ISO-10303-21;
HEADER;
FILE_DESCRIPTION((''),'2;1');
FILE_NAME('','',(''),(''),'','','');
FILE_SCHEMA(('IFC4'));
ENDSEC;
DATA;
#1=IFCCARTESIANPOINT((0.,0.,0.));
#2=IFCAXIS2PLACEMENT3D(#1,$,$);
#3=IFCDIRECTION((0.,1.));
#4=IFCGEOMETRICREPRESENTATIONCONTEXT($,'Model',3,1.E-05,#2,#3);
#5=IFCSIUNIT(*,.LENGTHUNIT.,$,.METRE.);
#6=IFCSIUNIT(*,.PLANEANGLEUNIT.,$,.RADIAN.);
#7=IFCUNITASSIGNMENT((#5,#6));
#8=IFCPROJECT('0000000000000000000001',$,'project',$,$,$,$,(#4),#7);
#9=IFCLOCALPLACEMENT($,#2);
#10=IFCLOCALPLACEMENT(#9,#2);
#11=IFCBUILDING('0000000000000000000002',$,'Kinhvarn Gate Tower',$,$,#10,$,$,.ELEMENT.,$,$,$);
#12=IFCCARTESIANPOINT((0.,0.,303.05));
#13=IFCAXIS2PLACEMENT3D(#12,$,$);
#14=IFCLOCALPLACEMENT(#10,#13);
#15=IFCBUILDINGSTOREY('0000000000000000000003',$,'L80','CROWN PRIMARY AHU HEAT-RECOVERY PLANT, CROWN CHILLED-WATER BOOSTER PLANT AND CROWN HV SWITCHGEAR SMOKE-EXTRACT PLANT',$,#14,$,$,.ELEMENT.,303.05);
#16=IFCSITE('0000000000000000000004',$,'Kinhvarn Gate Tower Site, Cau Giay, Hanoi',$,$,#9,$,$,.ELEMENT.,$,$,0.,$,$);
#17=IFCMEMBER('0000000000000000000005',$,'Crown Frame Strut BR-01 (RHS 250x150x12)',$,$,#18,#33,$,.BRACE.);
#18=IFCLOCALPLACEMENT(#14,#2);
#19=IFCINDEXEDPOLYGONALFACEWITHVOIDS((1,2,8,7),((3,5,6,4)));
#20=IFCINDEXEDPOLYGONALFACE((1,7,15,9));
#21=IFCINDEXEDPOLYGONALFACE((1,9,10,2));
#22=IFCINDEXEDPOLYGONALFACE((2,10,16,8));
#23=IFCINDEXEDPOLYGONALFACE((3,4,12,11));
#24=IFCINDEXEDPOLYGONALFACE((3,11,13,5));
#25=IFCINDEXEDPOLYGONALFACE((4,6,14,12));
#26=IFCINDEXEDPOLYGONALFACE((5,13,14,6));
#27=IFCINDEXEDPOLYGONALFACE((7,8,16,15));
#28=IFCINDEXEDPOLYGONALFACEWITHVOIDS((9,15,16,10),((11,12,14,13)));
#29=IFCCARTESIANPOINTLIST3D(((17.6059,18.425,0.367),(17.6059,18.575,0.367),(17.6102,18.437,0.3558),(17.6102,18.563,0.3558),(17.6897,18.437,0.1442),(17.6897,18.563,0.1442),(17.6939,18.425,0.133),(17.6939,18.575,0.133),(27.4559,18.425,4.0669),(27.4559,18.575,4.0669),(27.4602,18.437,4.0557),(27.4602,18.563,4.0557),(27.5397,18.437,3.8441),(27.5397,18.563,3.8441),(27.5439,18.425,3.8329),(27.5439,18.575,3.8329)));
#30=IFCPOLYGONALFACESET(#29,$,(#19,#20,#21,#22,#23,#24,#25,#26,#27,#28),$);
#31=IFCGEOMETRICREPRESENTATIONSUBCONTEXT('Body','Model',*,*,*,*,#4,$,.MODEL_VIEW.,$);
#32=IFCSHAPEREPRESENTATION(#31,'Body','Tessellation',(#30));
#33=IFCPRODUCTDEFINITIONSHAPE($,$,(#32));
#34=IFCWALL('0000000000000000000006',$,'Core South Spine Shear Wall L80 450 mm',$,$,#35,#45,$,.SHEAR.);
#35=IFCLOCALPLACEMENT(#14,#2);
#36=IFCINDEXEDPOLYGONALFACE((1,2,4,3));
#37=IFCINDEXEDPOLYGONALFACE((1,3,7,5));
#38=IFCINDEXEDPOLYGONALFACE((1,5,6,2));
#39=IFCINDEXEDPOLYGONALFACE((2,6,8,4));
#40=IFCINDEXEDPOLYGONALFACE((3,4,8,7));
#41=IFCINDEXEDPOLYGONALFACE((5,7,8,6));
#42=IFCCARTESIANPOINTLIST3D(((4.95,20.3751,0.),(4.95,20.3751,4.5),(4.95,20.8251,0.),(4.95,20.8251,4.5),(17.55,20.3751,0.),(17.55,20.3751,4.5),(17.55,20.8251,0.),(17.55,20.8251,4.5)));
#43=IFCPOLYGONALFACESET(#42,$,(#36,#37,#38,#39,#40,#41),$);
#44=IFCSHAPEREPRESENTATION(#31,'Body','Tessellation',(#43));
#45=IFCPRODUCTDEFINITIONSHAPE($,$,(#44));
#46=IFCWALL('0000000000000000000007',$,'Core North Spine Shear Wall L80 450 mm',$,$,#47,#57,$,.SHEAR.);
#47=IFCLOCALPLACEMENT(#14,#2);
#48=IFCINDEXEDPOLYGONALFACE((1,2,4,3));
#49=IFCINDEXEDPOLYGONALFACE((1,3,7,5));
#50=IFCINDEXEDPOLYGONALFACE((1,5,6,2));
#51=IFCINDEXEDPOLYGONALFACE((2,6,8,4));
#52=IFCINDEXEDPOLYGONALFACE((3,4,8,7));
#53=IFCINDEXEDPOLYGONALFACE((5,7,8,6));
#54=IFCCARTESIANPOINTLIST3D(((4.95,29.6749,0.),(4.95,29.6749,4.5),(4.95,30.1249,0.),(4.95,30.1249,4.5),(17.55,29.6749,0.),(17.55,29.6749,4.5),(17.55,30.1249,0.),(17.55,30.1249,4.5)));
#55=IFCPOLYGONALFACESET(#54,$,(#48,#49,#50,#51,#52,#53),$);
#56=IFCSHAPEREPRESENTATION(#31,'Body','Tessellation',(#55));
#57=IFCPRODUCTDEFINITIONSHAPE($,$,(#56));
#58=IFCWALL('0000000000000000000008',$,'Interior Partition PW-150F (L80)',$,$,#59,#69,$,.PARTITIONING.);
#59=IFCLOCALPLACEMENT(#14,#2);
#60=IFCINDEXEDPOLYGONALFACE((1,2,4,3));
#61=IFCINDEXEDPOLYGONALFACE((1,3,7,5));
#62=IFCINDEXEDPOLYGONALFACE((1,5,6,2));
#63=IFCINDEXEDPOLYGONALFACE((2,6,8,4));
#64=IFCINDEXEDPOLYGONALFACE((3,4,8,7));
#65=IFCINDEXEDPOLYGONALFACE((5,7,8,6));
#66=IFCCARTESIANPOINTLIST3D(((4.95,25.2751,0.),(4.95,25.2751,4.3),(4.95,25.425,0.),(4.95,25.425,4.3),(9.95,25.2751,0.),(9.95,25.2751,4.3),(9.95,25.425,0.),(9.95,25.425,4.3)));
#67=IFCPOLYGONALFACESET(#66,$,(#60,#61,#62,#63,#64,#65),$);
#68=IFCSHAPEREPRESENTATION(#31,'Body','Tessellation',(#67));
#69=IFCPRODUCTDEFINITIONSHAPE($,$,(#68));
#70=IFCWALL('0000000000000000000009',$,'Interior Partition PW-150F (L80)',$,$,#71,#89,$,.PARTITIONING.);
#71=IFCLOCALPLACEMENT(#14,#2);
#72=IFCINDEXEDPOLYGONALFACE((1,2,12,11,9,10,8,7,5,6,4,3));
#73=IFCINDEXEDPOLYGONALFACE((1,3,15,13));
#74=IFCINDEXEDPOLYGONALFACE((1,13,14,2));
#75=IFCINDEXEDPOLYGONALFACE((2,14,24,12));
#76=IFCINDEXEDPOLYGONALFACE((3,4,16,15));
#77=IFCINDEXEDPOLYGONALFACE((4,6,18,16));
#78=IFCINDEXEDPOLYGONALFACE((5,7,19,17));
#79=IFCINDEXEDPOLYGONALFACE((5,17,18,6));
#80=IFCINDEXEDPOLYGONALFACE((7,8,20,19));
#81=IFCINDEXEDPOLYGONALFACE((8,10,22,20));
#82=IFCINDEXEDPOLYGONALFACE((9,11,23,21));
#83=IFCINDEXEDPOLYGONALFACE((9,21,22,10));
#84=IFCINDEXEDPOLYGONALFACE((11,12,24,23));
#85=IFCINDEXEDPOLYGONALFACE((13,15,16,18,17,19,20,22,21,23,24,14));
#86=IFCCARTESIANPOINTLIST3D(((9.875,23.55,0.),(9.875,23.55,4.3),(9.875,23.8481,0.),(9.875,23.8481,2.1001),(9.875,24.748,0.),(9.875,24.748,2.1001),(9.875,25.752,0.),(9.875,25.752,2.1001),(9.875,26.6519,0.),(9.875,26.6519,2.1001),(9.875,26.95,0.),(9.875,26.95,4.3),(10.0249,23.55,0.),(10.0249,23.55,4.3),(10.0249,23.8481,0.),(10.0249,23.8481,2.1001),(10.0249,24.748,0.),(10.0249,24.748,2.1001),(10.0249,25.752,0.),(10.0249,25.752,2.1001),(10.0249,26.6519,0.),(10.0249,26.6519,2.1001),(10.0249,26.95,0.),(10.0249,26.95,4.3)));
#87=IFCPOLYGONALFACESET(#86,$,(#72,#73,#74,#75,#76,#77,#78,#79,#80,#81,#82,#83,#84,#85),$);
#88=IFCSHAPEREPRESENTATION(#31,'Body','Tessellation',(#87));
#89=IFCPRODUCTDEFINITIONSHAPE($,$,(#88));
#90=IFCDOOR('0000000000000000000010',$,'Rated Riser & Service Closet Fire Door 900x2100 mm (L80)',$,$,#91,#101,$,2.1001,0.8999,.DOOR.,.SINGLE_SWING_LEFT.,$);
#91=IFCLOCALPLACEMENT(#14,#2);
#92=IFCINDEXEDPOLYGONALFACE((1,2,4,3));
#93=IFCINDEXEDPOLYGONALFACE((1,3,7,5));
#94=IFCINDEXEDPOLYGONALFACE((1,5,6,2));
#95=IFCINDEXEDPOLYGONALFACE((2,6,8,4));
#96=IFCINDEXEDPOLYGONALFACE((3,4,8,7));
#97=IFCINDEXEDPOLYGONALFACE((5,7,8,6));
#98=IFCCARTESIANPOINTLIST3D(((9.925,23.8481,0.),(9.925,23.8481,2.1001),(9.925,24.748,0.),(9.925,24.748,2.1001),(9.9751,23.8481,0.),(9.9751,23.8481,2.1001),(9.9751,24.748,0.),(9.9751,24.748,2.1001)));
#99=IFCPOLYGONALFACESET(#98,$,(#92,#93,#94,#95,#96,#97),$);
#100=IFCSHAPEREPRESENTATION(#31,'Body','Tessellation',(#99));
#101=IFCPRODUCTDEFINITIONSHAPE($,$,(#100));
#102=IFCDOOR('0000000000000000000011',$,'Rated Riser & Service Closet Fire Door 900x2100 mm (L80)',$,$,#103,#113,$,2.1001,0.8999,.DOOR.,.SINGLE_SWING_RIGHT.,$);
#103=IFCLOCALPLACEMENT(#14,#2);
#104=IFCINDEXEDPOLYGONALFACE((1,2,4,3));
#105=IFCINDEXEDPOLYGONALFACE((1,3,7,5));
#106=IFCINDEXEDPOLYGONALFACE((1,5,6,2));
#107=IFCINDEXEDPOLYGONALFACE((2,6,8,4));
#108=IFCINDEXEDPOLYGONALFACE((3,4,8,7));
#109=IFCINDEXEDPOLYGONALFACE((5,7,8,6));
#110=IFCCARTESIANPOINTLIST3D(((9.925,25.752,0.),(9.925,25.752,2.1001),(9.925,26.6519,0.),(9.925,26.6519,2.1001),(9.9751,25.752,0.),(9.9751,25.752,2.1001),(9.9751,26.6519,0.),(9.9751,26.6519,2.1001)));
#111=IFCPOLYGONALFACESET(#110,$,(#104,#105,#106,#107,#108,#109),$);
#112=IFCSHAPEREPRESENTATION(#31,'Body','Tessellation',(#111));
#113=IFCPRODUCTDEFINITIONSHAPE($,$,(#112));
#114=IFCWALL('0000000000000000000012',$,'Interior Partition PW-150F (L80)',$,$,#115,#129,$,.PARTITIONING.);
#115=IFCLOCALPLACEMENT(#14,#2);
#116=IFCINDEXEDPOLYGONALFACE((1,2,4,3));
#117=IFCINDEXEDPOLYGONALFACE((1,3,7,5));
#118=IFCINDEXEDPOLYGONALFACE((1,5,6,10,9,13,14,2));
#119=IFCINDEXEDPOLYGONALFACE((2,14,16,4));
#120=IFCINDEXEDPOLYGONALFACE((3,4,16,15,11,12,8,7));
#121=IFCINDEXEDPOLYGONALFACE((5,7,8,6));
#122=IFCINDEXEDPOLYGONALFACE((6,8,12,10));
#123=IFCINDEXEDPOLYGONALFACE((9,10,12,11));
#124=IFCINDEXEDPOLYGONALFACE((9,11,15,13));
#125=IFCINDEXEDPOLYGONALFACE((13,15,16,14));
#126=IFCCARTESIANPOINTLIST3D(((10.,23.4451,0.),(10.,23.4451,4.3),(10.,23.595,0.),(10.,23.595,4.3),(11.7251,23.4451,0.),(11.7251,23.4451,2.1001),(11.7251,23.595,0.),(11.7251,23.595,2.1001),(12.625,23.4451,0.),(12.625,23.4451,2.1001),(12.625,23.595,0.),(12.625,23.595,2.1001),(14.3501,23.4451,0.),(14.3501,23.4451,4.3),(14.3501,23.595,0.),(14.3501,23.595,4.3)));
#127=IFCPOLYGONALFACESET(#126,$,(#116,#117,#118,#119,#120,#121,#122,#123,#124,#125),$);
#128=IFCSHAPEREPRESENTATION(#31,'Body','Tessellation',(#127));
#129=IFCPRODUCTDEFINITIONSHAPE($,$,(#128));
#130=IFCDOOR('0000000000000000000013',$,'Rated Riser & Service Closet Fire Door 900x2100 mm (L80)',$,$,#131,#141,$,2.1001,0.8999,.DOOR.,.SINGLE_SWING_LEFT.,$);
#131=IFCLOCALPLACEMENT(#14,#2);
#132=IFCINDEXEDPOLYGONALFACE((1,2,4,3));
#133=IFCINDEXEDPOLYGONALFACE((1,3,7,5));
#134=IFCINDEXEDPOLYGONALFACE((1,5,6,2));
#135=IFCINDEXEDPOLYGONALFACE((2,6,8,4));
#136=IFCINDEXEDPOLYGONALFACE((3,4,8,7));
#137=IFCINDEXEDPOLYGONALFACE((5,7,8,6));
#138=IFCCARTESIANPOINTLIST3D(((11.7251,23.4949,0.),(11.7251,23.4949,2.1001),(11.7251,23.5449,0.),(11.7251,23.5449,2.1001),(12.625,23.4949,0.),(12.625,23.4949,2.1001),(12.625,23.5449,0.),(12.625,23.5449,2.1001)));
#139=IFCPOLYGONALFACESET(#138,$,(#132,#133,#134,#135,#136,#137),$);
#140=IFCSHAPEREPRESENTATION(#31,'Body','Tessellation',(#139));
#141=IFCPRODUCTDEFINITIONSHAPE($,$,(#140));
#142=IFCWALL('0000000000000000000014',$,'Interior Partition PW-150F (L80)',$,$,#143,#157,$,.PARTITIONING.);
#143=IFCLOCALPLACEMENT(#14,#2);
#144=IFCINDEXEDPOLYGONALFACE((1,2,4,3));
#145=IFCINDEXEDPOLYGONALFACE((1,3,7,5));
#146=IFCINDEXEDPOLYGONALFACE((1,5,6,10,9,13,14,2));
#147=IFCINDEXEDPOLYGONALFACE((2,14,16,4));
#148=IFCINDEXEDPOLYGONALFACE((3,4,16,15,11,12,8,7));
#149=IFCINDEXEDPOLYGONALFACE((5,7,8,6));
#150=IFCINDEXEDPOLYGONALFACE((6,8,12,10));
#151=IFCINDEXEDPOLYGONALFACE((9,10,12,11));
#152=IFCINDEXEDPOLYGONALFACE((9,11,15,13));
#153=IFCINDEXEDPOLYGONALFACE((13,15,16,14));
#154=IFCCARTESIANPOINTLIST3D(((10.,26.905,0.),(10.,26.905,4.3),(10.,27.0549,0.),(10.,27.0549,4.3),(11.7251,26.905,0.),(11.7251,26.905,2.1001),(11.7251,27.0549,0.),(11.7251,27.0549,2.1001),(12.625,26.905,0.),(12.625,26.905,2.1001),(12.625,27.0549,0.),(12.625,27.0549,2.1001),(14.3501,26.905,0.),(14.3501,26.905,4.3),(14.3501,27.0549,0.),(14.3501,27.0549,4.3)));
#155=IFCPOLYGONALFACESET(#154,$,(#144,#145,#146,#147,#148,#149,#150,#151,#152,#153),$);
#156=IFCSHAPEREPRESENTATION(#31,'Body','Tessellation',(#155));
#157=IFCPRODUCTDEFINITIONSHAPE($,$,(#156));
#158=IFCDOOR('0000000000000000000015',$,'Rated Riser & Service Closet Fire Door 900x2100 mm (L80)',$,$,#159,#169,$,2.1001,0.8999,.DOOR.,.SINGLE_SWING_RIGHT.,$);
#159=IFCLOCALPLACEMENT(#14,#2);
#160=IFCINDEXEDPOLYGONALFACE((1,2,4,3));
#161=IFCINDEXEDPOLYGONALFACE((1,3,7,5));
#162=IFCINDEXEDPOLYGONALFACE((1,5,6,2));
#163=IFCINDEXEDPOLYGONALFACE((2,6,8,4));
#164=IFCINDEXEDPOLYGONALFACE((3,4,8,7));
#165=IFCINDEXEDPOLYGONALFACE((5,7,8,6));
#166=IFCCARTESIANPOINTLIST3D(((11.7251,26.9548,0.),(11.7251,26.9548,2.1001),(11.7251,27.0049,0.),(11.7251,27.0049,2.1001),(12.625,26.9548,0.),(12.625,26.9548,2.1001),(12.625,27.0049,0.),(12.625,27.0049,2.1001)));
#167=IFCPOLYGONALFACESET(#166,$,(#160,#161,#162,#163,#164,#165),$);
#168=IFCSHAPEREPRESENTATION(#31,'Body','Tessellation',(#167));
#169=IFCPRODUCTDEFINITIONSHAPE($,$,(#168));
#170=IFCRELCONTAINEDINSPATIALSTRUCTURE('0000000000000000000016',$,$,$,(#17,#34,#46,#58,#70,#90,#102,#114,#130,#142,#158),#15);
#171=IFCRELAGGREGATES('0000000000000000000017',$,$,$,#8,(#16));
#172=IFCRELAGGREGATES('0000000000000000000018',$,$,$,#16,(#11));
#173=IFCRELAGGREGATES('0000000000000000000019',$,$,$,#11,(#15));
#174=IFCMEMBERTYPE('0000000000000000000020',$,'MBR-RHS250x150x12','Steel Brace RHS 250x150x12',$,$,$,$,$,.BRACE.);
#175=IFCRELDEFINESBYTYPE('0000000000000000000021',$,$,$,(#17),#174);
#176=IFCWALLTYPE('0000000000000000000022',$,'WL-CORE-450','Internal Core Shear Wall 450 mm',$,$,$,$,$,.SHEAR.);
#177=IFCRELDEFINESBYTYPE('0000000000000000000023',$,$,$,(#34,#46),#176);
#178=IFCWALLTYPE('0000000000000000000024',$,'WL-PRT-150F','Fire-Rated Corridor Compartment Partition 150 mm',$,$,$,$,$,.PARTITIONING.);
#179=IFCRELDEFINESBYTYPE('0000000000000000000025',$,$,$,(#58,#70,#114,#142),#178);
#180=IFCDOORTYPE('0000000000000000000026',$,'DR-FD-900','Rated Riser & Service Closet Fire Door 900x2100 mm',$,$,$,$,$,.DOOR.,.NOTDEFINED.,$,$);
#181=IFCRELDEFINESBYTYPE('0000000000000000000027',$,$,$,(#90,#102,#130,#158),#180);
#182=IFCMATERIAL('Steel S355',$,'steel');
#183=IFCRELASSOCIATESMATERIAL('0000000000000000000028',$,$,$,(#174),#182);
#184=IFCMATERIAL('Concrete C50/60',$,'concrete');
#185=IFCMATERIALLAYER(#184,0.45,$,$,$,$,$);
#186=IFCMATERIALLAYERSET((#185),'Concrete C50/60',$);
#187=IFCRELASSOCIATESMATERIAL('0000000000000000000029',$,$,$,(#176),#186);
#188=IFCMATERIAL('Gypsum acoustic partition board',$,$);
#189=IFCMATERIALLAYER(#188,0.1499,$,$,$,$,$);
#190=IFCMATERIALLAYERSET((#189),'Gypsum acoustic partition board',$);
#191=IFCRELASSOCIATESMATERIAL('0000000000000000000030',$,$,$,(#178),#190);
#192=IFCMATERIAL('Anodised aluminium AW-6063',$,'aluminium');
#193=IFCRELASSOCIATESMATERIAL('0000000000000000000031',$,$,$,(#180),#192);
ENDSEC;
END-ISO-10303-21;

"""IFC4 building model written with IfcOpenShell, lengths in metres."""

from ifc_helpers import new_model, si_unit, direction, frame, frame_2d, origin, origin_2d, place, context, subcontext, project, spatial, rectangle, hollow_rectangle, extrude, material, layer, layer_set, material_profile, profile_set, type_object, element, fill, save


model = new_model("IFC4")

# Units and contexts
model_context = context("Model", 3, precision=1e-05, world=origin(), true_north=direction((0.0, 1.0)))
body_context = subcontext(model_context, "Body", "Model", "MODEL_VIEW")
ifc_project = project(units=[si_unit("LENGTHUNIT", "METRE"), si_unit("PLANEANGLEUNIT", "RADIAN")], contexts=[model_context])

# Site, building, storey
site_placement = place(None, origin())
site = spatial("IfcSite", under=ifc_project, at=site_placement, Name="Kinhvarn Gate Tower Site, Cau Giay, Hanoi", CompositionType="ELEMENT", RefElevation=0.0)
building_placement = place(site_placement, origin())
building = spatial("IfcBuilding", under=site, at=building_placement, Name="Kinhvarn Gate Tower", CompositionType="ELEMENT")
storey_placement = place(building_placement, frame((0.0, 0.0, 303.05)))
storey = spatial("IfcBuildingStorey", under=building, at=storey_placement, Name="L80", Description="CROWN PRIMARY AHU HEAT-RECOVERY PLANT, CROWN CHILLED-WATER BOOSTER PLANT AND CROWN HV SWITCHGEAR SMOKE-EXTRACT PLANT", CompositionType="ELEMENT", Elevation=303.05)

# Member
ifc_material_1 = material(Name="Steel S355", Category="steel")
ifc_material_profile = material_profile(ifc_material_1, hollow_rectangle(XDim=0.1499, YDim=0.25, WallThickness=0.012, at=origin_2d()), Name="RHS 250x150x12")
ifc_profile_set = profile_set([ifc_material_profile], Name="Steel S355")
member_type = type_object("IfcMemberType", Name="MBR-RHS250x150x12", Description="Steel Brace RHS 250x150x12", PredefinedType="BRACE", material=ifc_profile_set)
member_placement = place(storey_placement, frame((17.6499, 18.5, 0.25), z_axis=(0.936136, 0.0, 0.351637), x_axis=(0.0, 1.0, 0.0)))
element("IfcMember", 1, at=member_placement, inside=storey, type_object=member_type, Name="Crown Frame Strut BR-01 (RHS 250x150x12)", PredefinedType="BRACE", context=body_context, shape_type="SweptSolid", body=[
    extrude(hollow_rectangle(XDim=0.1499, YDim=0.25, WallThickness=0.012, at=origin_2d()), origin(), (0.0, 0.0, 1.0), 10.522),
])

# Walls
ifc_material_2 = material(Name="Concrete C50/60", Category="concrete")
ifc_layer_1 = layer(ifc_material_2, 0.45)
ifc_layer_set_1 = layer_set([ifc_layer_1], Name="Concrete C50/60")
wall_type_1 = type_object("IfcWallType", Name="WL-CORE-450", Description="Internal Core Shear Wall 450 mm", PredefinedType="SHEAR", material=ifc_layer_set_1)
for number, where, z_axis, x_axis, name in (
    (2, (4.95, 20.6001, 0.0), (0.0, 0.0, 1.0), (1.0, 0.0, 0.0), "Core South Spine Shear Wall L80 450 mm"),
    (3, (4.95, 29.8999, 0.0), (0.0, 0.0, 1.0), (1.0, 0.0, 0.0), "Core North Spine Shear Wall L80 450 mm"),
):
    element("IfcWall", number, at=place(storey_placement, frame(where, z_axis=z_axis, x_axis=x_axis)), inside=storey, type_object=wall_type_1, Name=name, PredefinedType="SHEAR", context=body_context, shape_type="SweptSolid", body=[
        extrude(rectangle(XDim=12.6001, YDim=0.45, at=frame_2d((6.3, 0.0))), origin(), (0.0, 0.0, 1.0), 4.5),
    ])
ifc_material_3 = material(Name="Gypsum acoustic partition board")
ifc_layer_2 = layer(ifc_material_3, 0.1499)
ifc_layer_set_2 = layer_set([ifc_layer_2], Name="Gypsum acoustic partition board")
wall_type_2 = type_object("IfcWallType", Name="WL-PRT-150F", Description="Fire-Rated Corridor Compartment Partition 150 mm", PredefinedType="PARTITIONING", material=ifc_layer_set_2)
wall_1_placement = place(storey_placement, frame((4.95, 25.3501, 0.0), z_axis=(0.0, 0.0, 1.0), x_axis=(1.0, 0.0, 0.0)))
element("IfcWall", 4, at=wall_1_placement, inside=storey, type_object=wall_type_2, Name="Interior Partition PW-150F (L80)", PredefinedType="PARTITIONING", context=body_context, shape_type="SweptSolid", body=[
    extrude(rectangle(XDim=5.0, YDim=0.1499, at=frame_2d((2.5, 0.0))), origin(), (0.0, 0.0, 1.0), 4.3),
])

# Wall, openings, doors
wall_2_placement = place(storey_placement, frame((9.95, 23.55, 0.0), z_axis=(0.0, 0.0, 1.0), x_axis=(0.0, 1.0, 0.0)))
wall_2 = element("IfcWall", 5, at=wall_2_placement, inside=storey, type_object=wall_type_2, Name="Interior Partition PW-150F (L80)", PredefinedType="PARTITIONING", context=body_context, shape_type="SweptSolid", body=[
    extrude(rectangle(XDim=3.3999, YDim=0.1499, at=frame_2d((1.7, 0.0))), origin(), (0.0, 0.0, 1.0), 4.3),
])
opening_1_placement = place(wall_2_placement, frame((0.2981, 0.0, 0.0)))
opening_1 = element("IfcOpeningElement", 6, at=opening_1_placement, cuts=wall_2, PredefinedType="OPENING", context=body_context, shape_type="SweptSolid", body=[
    extrude(rectangle(XDim=0.8999, YDim=2.1001, at=frame_2d((0.45, 1.05))), frame((0.0, 0.085, 0.0), z_axis=(0.0, -1.0, 0.0), x_axis=(1.0, 0.0, 0.0)), (0.0, 0.0, 1.0), 0.1699),
])
opening_2_placement = place(wall_2_placement, frame((2.2019, 0.0, 0.0)))
opening_2 = element("IfcOpeningElement", 7, at=opening_2_placement, cuts=wall_2, PredefinedType="OPENING", context=body_context, shape_type="SweptSolid", body=[
    extrude(rectangle(XDim=0.8999, YDim=2.1001, at=frame_2d((0.45, 1.05))), frame((0.0, 0.085, 0.0), z_axis=(0.0, -1.0, 0.0), x_axis=(1.0, 0.0, 0.0)), (0.0, 0.0, 1.0), 0.1699),
])
ifc_material_4 = material(Name="Anodised aluminium AW-6063", Category="aluminium")
door_type_1 = type_object("IfcDoorType", Name="DR-FD-900", Description="Rated Riser & Service Closet Fire Door 900x2100 mm", OperationType="NOTDEFINED", PredefinedType="DOOR", material=ifc_material_4)
door_1_placement = place(opening_1_placement, origin())
door_1 = element("IfcDoor", 8, at=door_1_placement, inside=storey, type_object=door_type_1, Name="Rated Riser & Service Closet Fire Door 900x2100 mm (L80)", OperationType="SINGLE_SWING_LEFT", OverallHeight=2.1001, OverallWidth=0.8999, PredefinedType="DOOR", context=body_context, shape_type="SweptSolid", body=[
    extrude(rectangle(XDim=0.8999, YDim=2.1001, at=frame_2d((0.45, 1.05))), frame((0.0, 0.0249, 0.0), z_axis=(0.0, -1.0, 0.0), x_axis=(1.0, 0.0, 0.0)), (0.0, 0.0, 1.0), 0.05),
])
fill(opening_1, door_1)
door_2_placement = place(opening_2_placement, origin())
door_2 = element("IfcDoor", 9, at=door_2_placement, inside=storey, type_object=door_type_1, Name="Rated Riser & Service Closet Fire Door 900x2100 mm (L80)", OperationType="SINGLE_SWING_RIGHT", OverallHeight=2.1001, OverallWidth=0.8999, PredefinedType="DOOR", context=body_context, shape_type="SweptSolid", body=[
    extrude(rectangle(XDim=0.8999, YDim=2.1001, at=frame_2d((0.45, 1.05))), frame((0.0, 0.0249, 0.0), z_axis=(0.0, -1.0, 0.0), x_axis=(1.0, 0.0, 0.0)), (0.0, 0.0, 1.0), 0.05),
])
fill(opening_2, door_2)

# Walls, openings, doors
wall_3_placement = place(storey_placement, frame((10.0, 23.52, 0.0), z_axis=(0.0, 0.0, 1.0), x_axis=(1.0, 0.0, 0.0)))
wall_3 = element("IfcWall", 10, at=wall_3_placement, inside=storey, type_object=wall_type_2, Name="Interior Partition PW-150F (L80)", PredefinedType="PARTITIONING", context=body_context, shape_type="SweptSolid", body=[
    extrude(rectangle(XDim=4.3501, YDim=0.1499, at=frame_2d((2.175, 0.0))), origin(), (0.0, 0.0, 1.0), 4.3),
])
opening_3_placement = place(wall_3_placement, frame((1.7251, 0.0, 0.0)))
opening_3 = element("IfcOpeningElement", 11, at=opening_3_placement, cuts=wall_3, PredefinedType="OPENING", context=body_context, shape_type="SweptSolid", body=[
    extrude(rectangle(XDim=0.8999, YDim=2.1001, at=frame_2d((0.45, 1.05))), frame((0.0, 0.085, 0.0), z_axis=(0.0, -1.0, 0.0), x_axis=(1.0, 0.0, 0.0)), (0.0, 0.0, 1.0), 0.1699),
])
door_3_placement = place(opening_3_placement, origin())
door_3 = element("IfcDoor", 12, at=door_3_placement, inside=storey, type_object=door_type_1, Name="Rated Riser & Service Closet Fire Door 900x2100 mm (L80)", OperationType="SINGLE_SWING_LEFT", OverallHeight=2.1001, OverallWidth=0.8999, PredefinedType="DOOR", context=body_context, shape_type="SweptSolid", body=[
    extrude(rectangle(XDim=0.8999, YDim=2.1001, at=frame_2d((0.45, 1.05))), frame((0.0, 0.0249, 0.0), z_axis=(0.0, -1.0, 0.0), x_axis=(1.0, 0.0, 0.0)), (0.0, 0.0, 1.0), 0.05),
])
fill(opening_3, door_3)
wall_4_placement = place(storey_placement, frame((10.0, 26.98, 0.0), z_axis=(0.0, 0.0, 1.0), x_axis=(1.0, 0.0, 0.0)))
wall_4 = element("IfcWall", 13, at=wall_4_placement, inside=storey, type_object=wall_type_2, Name="Interior Partition PW-150F (L80)", PredefinedType="PARTITIONING", context=body_context, shape_type="SweptSolid", body=[
    extrude(rectangle(XDim=4.3501, YDim=0.1499, at=frame_2d((2.175, 0.0))), origin(), (0.0, 0.0, 1.0), 4.3),
])
opening_4_placement = place(wall_4_placement, frame((1.7251, 0.0, 0.0)))
opening_4 = element("IfcOpeningElement", 14, at=opening_4_placement, cuts=wall_4, PredefinedType="OPENING", context=body_context, shape_type="SweptSolid", body=[
    extrude(rectangle(XDim=0.8999, YDim=2.1001, at=frame_2d((0.45, 1.05))), frame((0.0, 0.085, 0.0), z_axis=(0.0, -1.0, 0.0), x_axis=(1.0, 0.0, 0.0)), (0.0, 0.0, 1.0), 0.1699),
])
door_4_placement = place(opening_4_placement, origin())
door_4 = element("IfcDoor", 15, at=door_4_placement, inside=storey, type_object=door_type_1, Name="Rated Riser & Service Closet Fire Door 900x2100 mm (L80)", OperationType="SINGLE_SWING_RIGHT", OverallHeight=2.1001, OverallWidth=0.8999, PredefinedType="DOOR", context=body_context, shape_type="SweptSolid", body=[
    extrude(rectangle(XDim=0.8999, YDim=2.1001, at=frame_2d((0.45, 1.05))), frame((0.0, 0.0249, 0.0), z_axis=(0.0, -1.0, 0.0), x_axis=(1.0, 0.0, 0.0)), (0.0, 0.0, 1.0), 0.05),
])
fill(opening_4, door_4)

save(model, "model.ifc")
